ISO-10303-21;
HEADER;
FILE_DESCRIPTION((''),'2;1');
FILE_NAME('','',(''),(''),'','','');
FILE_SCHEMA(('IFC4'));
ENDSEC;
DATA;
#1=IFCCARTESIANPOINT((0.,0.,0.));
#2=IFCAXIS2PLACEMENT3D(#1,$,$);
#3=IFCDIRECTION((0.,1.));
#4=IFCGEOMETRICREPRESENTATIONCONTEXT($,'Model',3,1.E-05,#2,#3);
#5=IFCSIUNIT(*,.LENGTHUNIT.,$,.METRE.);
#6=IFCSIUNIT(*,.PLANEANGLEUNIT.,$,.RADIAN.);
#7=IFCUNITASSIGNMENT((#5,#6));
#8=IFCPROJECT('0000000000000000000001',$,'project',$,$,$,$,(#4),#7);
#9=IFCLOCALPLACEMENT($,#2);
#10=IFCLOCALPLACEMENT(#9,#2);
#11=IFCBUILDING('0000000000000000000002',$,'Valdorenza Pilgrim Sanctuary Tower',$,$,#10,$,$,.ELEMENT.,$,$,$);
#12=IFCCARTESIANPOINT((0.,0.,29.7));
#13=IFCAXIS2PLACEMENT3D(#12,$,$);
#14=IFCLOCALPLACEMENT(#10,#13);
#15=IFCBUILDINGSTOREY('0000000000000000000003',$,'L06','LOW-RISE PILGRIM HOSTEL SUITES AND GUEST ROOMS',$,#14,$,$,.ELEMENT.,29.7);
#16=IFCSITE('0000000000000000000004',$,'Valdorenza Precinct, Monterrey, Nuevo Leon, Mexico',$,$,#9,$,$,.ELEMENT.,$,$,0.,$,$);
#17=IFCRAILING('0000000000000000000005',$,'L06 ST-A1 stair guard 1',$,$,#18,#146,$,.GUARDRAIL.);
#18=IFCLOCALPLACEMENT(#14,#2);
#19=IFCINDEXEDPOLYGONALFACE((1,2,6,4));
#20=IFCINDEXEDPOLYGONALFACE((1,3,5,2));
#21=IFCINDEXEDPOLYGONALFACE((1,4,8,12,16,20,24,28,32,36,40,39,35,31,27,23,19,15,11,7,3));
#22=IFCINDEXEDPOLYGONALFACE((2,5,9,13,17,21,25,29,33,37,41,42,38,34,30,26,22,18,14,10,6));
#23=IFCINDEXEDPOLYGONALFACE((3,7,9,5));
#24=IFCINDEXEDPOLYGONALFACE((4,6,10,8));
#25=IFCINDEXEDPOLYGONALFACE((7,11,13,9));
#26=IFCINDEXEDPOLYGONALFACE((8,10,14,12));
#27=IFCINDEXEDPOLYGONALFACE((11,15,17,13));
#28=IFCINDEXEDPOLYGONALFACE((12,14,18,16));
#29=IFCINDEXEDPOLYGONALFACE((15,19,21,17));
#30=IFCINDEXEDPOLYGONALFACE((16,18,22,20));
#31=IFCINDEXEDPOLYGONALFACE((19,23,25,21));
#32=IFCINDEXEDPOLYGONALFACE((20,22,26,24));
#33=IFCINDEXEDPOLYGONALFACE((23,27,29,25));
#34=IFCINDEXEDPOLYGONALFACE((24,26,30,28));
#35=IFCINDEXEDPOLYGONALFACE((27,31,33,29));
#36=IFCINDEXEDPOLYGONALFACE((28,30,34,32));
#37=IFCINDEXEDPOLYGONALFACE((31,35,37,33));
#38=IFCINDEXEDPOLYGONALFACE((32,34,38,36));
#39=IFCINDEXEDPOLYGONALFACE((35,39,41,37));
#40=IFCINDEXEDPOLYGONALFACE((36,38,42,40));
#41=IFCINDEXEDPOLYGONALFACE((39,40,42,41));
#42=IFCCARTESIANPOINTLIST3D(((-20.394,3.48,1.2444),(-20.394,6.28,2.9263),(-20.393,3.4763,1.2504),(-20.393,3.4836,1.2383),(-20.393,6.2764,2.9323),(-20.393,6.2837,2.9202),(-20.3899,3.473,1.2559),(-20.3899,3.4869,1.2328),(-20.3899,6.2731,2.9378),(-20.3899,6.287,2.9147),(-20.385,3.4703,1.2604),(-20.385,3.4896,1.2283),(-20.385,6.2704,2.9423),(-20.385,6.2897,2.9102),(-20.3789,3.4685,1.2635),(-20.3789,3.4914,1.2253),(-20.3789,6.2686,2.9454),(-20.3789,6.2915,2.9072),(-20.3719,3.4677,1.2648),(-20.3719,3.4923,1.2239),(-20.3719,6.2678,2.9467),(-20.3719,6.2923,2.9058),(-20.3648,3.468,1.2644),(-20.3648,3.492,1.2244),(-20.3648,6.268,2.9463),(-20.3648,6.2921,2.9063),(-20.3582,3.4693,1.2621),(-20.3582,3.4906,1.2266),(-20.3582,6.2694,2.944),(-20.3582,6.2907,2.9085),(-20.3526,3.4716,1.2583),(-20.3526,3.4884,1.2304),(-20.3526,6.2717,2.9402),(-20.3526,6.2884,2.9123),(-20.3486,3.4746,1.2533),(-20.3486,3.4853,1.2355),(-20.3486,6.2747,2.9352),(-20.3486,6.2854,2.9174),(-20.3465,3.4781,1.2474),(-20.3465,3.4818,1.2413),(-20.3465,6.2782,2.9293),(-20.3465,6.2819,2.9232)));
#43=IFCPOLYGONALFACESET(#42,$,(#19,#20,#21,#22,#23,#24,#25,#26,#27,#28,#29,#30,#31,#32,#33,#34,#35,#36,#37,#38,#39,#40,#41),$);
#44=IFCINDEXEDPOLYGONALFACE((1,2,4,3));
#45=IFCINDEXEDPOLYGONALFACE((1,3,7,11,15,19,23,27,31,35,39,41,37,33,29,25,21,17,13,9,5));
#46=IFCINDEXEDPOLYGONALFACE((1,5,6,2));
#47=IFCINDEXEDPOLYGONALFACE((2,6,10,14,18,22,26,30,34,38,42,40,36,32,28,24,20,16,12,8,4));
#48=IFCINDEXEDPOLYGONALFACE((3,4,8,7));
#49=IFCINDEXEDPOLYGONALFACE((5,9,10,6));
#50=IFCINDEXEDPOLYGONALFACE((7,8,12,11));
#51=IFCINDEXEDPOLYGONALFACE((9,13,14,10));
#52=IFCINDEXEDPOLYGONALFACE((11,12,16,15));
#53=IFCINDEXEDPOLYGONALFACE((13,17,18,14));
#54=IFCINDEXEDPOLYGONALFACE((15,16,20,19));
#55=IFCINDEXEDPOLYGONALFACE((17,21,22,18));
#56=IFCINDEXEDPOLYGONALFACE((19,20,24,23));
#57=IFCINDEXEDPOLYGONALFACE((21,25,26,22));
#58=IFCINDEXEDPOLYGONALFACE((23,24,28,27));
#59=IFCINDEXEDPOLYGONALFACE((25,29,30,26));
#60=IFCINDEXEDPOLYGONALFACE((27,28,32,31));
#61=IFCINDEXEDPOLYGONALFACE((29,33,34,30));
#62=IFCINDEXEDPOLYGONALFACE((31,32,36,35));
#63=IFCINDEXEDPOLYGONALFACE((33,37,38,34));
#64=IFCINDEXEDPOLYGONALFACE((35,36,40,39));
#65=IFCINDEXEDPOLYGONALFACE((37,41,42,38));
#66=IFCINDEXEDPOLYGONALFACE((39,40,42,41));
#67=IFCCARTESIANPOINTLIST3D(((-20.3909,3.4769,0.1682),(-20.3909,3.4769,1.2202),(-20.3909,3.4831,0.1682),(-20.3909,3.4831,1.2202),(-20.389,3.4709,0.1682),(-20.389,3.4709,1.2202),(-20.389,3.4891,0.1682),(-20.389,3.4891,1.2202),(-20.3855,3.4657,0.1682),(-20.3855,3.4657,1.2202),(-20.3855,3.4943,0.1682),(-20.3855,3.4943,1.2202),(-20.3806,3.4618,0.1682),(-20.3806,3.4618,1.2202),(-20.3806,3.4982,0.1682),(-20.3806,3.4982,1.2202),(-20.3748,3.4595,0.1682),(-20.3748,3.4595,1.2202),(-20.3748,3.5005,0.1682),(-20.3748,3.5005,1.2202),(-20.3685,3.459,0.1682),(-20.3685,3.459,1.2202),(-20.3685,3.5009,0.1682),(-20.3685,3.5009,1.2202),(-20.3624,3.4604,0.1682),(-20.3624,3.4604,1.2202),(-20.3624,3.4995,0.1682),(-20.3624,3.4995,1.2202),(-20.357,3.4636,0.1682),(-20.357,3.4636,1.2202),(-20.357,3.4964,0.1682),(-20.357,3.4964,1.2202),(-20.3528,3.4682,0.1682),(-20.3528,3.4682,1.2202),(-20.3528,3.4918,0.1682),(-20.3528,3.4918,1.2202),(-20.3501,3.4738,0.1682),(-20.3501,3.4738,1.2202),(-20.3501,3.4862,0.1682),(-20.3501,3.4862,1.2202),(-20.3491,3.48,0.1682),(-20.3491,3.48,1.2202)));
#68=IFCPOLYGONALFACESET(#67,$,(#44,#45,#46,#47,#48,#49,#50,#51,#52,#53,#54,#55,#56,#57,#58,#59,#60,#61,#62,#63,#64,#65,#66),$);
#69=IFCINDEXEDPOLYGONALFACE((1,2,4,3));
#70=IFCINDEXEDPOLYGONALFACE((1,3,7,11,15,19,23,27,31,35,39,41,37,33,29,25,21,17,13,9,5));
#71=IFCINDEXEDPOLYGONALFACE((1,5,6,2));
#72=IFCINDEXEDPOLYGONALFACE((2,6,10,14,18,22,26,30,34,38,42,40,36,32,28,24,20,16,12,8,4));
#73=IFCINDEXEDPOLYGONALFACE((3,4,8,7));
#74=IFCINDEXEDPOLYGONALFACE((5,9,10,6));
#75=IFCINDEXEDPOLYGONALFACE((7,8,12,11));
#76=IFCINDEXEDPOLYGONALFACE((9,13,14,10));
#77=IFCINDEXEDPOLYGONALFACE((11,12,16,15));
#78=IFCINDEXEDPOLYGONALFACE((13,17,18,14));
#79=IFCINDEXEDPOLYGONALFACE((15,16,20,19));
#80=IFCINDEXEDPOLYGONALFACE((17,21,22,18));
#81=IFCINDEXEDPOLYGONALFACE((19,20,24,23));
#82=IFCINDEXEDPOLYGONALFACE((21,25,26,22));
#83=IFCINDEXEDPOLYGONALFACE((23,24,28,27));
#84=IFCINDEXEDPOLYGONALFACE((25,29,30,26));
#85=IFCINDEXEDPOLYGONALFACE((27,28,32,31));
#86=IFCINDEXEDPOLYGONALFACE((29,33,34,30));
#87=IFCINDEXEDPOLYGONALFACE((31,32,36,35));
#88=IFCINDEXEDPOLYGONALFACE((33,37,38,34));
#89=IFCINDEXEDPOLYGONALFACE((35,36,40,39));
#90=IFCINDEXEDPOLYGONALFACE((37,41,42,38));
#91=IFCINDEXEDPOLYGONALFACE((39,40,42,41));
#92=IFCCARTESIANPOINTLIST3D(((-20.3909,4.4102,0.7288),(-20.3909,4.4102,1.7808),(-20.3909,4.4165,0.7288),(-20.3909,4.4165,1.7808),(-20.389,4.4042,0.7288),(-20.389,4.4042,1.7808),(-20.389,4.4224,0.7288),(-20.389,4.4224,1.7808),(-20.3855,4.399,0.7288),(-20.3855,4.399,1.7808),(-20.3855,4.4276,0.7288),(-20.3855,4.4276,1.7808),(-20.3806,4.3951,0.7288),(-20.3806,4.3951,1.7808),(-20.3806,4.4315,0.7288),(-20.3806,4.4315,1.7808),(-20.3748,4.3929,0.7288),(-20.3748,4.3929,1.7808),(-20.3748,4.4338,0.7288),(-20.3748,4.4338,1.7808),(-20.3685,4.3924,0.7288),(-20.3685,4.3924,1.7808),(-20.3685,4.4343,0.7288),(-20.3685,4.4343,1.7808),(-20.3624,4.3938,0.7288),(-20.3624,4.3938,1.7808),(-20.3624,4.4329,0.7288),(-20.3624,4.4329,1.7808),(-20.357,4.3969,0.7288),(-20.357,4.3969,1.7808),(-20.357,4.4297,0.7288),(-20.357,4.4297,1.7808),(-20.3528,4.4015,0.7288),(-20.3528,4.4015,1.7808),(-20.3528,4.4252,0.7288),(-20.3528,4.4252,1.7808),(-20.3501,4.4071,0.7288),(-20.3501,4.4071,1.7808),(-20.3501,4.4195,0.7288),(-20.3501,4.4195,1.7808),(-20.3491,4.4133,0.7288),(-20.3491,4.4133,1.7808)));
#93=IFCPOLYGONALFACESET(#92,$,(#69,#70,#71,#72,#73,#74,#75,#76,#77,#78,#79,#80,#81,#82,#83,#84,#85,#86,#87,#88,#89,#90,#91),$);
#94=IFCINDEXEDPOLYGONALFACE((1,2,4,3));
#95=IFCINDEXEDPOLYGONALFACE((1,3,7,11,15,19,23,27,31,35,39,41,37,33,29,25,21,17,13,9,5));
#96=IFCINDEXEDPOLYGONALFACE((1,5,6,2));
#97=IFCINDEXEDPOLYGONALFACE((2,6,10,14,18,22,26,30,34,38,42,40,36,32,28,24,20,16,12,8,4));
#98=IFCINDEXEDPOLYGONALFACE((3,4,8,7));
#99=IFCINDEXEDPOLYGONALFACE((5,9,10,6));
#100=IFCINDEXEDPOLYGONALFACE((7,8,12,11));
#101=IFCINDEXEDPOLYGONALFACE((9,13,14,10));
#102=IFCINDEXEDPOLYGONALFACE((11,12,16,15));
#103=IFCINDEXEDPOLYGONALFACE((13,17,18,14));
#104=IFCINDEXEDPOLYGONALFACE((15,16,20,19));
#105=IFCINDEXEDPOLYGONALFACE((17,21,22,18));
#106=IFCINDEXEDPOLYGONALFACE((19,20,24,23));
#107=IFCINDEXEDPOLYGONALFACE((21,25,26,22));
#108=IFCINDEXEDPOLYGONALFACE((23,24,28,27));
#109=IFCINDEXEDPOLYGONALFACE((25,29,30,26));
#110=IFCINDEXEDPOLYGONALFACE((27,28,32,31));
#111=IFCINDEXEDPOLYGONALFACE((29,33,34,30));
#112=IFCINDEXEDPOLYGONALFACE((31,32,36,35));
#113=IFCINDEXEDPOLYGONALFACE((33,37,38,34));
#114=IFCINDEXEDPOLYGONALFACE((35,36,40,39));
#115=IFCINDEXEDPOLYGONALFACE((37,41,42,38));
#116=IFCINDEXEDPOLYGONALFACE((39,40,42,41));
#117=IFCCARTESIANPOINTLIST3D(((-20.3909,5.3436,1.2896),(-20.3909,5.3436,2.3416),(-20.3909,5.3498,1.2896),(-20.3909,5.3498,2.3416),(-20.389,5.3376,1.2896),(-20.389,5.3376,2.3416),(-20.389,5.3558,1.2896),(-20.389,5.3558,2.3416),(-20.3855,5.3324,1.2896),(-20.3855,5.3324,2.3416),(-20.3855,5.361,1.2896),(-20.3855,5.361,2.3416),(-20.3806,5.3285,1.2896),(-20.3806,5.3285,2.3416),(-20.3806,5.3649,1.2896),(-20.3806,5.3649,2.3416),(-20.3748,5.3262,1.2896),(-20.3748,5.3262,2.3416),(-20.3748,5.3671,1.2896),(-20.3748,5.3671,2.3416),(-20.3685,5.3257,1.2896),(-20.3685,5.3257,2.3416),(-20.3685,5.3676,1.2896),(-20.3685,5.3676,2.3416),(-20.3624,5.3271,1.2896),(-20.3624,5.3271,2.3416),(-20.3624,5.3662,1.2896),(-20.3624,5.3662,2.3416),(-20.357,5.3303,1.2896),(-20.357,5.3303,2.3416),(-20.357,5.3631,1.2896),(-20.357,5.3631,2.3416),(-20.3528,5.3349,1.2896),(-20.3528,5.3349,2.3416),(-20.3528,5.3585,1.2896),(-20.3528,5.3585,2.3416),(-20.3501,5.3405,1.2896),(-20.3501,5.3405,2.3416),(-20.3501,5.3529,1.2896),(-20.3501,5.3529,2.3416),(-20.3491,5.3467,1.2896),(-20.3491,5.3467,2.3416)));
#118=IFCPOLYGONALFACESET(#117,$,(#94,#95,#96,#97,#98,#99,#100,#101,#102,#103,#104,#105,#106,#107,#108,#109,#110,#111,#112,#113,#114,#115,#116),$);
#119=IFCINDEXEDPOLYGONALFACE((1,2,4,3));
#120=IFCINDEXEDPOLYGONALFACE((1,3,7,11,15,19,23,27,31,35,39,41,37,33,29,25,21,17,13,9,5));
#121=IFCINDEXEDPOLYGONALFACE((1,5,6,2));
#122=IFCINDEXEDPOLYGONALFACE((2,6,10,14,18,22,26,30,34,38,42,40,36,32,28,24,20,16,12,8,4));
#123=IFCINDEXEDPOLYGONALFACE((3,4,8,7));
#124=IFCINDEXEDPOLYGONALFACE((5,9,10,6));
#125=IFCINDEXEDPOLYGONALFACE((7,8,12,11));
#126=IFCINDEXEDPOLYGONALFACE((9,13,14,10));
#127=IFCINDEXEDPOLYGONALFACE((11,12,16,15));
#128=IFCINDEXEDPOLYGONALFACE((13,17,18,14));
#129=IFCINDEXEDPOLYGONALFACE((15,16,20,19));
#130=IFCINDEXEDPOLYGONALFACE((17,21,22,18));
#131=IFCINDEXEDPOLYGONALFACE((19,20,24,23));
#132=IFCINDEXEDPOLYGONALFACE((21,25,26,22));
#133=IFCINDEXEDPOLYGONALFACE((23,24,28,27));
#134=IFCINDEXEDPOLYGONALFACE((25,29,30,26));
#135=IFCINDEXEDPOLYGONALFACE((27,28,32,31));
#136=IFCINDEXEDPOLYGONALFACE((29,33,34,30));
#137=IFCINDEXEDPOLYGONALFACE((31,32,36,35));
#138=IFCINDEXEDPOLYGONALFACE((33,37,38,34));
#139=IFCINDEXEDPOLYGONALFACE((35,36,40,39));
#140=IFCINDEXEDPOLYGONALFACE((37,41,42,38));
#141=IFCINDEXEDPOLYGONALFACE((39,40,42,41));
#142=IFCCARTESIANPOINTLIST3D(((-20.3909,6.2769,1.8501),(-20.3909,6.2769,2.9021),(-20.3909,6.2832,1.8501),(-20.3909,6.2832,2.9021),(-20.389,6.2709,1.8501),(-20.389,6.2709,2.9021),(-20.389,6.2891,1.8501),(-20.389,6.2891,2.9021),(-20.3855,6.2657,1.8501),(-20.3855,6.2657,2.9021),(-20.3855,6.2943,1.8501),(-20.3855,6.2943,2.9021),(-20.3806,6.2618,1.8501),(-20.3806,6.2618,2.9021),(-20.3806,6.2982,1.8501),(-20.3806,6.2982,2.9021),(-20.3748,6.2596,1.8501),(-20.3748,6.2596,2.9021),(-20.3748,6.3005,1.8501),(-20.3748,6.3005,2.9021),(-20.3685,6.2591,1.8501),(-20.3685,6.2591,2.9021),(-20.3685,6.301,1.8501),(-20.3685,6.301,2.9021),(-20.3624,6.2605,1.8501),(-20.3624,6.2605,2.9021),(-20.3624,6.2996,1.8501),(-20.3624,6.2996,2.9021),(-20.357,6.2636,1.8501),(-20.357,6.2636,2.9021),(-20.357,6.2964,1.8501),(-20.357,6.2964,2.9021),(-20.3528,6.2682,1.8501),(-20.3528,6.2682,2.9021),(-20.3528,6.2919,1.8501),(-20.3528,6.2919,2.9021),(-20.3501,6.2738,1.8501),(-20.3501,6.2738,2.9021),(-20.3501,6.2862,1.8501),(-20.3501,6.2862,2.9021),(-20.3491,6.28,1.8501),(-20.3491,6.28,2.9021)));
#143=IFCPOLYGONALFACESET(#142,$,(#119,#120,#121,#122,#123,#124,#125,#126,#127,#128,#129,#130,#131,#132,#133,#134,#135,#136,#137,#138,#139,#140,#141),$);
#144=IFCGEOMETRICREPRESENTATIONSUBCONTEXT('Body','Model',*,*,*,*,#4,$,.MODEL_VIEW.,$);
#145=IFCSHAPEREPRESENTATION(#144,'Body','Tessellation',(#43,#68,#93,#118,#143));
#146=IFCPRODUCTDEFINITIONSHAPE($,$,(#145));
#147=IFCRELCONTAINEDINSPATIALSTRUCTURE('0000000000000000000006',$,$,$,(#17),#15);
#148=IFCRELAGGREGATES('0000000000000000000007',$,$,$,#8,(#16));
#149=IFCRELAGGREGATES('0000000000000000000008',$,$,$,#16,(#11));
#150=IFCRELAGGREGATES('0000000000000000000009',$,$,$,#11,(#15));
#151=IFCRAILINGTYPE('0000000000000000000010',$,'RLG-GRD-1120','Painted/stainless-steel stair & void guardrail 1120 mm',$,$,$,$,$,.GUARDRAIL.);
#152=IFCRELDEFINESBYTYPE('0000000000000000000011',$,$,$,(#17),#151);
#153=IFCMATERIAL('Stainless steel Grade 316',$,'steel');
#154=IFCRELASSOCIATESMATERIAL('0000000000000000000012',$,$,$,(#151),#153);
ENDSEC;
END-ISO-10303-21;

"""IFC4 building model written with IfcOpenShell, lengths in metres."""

from ifc_helpers import new_model, si_unit, direction, frame, origin, origin_2d, place, context, subcontext, project, spatial, circle, extrude, material, type_object, element, save


model = new_model("IFC4")

# Units and contexts
model_context = context("Model", 3, precision=1e-05, world=origin(), true_north=direction((0.0, 1.0)))
body_context = subcontext(model_context, "Body", "Model", "MODEL_VIEW")
ifc_project = project(units=[si_unit("LENGTHUNIT", "METRE"), si_unit("PLANEANGLEUNIT", "RADIAN")], contexts=[model_context])

# Site, building, storey
site_placement = place(None, origin())
site = spatial("IfcSite", under=ifc_project, at=site_placement, Name="Valdorenza Precinct, Monterrey, Nuevo Leon, Mexico", CompositionType="ELEMENT", RefElevation=0.0)
building_placement = place(site_placement, origin())
building = spatial("IfcBuilding", under=site, at=building_placement, Name="Valdorenza Pilgrim Sanctuary Tower", CompositionType="ELEMENT")
storey_placement = place(building_placement, frame((0.0, 0.0, 29.7)))
storey = spatial("IfcBuildingStorey", under=building, at=storey_placement, Name="L06", Description="LOW-RISE PILGRIM HOSTEL SUITES AND GUEST ROOMS", CompositionType="ELEMENT", Elevation=29.7)

# Railing
ifc_material_1 = material(Name="Stainless steel Grade 316", Category="steel")
railing_type_1 = type_object("IfcRailingType", Name="RLG-GRD-1120", Description="Painted/stainless-steel stair & void guardrail 1120 mm", PredefinedType="GUARDRAIL", material=ifc_material_1)
railing_1_placement = place(storey_placement, frame((-20.3701, 3.48, 0.1682)))
element("IfcRailing", 1, at=railing_1_placement, inside=storey, type_object=railing_type_1, Name="L06 ST-A1 stair guard 1", PredefinedType="GUARDRAIL", context=body_context, shape_type="SweptSolid", body=[
    extrude(circle(Radius=0.0239, at=origin_2d()), frame((0.0, 0.0, 1.0762), z_axis=(0.0, 0.857242, 0.514913), x_axis=(-1.0, 0.0, 0.0)), (0.0, 0.0, 1.0), 3.2664),
    extrude(circle(Radius=0.021, at=origin_2d()), origin(), (0.0, 0.0, 1.0), 1.052),
    extrude(circle(Radius=0.021, at=origin_2d()), frame((0.0, 0.9333, 0.5605)), (0.0, 0.0, 1.0), 1.052),
    extrude(circle(Radius=0.021, at=origin_2d()), frame((0.0, 1.8667, 1.1213)), (0.0, 0.0, 1.0), 1.052),
    extrude(circle(Radius=0.021, at=origin_2d()), frame((0.0, 2.8, 1.6819)), (0.0, 0.0, 1.0), 1.052),
])

save(model, "model.ifc")
